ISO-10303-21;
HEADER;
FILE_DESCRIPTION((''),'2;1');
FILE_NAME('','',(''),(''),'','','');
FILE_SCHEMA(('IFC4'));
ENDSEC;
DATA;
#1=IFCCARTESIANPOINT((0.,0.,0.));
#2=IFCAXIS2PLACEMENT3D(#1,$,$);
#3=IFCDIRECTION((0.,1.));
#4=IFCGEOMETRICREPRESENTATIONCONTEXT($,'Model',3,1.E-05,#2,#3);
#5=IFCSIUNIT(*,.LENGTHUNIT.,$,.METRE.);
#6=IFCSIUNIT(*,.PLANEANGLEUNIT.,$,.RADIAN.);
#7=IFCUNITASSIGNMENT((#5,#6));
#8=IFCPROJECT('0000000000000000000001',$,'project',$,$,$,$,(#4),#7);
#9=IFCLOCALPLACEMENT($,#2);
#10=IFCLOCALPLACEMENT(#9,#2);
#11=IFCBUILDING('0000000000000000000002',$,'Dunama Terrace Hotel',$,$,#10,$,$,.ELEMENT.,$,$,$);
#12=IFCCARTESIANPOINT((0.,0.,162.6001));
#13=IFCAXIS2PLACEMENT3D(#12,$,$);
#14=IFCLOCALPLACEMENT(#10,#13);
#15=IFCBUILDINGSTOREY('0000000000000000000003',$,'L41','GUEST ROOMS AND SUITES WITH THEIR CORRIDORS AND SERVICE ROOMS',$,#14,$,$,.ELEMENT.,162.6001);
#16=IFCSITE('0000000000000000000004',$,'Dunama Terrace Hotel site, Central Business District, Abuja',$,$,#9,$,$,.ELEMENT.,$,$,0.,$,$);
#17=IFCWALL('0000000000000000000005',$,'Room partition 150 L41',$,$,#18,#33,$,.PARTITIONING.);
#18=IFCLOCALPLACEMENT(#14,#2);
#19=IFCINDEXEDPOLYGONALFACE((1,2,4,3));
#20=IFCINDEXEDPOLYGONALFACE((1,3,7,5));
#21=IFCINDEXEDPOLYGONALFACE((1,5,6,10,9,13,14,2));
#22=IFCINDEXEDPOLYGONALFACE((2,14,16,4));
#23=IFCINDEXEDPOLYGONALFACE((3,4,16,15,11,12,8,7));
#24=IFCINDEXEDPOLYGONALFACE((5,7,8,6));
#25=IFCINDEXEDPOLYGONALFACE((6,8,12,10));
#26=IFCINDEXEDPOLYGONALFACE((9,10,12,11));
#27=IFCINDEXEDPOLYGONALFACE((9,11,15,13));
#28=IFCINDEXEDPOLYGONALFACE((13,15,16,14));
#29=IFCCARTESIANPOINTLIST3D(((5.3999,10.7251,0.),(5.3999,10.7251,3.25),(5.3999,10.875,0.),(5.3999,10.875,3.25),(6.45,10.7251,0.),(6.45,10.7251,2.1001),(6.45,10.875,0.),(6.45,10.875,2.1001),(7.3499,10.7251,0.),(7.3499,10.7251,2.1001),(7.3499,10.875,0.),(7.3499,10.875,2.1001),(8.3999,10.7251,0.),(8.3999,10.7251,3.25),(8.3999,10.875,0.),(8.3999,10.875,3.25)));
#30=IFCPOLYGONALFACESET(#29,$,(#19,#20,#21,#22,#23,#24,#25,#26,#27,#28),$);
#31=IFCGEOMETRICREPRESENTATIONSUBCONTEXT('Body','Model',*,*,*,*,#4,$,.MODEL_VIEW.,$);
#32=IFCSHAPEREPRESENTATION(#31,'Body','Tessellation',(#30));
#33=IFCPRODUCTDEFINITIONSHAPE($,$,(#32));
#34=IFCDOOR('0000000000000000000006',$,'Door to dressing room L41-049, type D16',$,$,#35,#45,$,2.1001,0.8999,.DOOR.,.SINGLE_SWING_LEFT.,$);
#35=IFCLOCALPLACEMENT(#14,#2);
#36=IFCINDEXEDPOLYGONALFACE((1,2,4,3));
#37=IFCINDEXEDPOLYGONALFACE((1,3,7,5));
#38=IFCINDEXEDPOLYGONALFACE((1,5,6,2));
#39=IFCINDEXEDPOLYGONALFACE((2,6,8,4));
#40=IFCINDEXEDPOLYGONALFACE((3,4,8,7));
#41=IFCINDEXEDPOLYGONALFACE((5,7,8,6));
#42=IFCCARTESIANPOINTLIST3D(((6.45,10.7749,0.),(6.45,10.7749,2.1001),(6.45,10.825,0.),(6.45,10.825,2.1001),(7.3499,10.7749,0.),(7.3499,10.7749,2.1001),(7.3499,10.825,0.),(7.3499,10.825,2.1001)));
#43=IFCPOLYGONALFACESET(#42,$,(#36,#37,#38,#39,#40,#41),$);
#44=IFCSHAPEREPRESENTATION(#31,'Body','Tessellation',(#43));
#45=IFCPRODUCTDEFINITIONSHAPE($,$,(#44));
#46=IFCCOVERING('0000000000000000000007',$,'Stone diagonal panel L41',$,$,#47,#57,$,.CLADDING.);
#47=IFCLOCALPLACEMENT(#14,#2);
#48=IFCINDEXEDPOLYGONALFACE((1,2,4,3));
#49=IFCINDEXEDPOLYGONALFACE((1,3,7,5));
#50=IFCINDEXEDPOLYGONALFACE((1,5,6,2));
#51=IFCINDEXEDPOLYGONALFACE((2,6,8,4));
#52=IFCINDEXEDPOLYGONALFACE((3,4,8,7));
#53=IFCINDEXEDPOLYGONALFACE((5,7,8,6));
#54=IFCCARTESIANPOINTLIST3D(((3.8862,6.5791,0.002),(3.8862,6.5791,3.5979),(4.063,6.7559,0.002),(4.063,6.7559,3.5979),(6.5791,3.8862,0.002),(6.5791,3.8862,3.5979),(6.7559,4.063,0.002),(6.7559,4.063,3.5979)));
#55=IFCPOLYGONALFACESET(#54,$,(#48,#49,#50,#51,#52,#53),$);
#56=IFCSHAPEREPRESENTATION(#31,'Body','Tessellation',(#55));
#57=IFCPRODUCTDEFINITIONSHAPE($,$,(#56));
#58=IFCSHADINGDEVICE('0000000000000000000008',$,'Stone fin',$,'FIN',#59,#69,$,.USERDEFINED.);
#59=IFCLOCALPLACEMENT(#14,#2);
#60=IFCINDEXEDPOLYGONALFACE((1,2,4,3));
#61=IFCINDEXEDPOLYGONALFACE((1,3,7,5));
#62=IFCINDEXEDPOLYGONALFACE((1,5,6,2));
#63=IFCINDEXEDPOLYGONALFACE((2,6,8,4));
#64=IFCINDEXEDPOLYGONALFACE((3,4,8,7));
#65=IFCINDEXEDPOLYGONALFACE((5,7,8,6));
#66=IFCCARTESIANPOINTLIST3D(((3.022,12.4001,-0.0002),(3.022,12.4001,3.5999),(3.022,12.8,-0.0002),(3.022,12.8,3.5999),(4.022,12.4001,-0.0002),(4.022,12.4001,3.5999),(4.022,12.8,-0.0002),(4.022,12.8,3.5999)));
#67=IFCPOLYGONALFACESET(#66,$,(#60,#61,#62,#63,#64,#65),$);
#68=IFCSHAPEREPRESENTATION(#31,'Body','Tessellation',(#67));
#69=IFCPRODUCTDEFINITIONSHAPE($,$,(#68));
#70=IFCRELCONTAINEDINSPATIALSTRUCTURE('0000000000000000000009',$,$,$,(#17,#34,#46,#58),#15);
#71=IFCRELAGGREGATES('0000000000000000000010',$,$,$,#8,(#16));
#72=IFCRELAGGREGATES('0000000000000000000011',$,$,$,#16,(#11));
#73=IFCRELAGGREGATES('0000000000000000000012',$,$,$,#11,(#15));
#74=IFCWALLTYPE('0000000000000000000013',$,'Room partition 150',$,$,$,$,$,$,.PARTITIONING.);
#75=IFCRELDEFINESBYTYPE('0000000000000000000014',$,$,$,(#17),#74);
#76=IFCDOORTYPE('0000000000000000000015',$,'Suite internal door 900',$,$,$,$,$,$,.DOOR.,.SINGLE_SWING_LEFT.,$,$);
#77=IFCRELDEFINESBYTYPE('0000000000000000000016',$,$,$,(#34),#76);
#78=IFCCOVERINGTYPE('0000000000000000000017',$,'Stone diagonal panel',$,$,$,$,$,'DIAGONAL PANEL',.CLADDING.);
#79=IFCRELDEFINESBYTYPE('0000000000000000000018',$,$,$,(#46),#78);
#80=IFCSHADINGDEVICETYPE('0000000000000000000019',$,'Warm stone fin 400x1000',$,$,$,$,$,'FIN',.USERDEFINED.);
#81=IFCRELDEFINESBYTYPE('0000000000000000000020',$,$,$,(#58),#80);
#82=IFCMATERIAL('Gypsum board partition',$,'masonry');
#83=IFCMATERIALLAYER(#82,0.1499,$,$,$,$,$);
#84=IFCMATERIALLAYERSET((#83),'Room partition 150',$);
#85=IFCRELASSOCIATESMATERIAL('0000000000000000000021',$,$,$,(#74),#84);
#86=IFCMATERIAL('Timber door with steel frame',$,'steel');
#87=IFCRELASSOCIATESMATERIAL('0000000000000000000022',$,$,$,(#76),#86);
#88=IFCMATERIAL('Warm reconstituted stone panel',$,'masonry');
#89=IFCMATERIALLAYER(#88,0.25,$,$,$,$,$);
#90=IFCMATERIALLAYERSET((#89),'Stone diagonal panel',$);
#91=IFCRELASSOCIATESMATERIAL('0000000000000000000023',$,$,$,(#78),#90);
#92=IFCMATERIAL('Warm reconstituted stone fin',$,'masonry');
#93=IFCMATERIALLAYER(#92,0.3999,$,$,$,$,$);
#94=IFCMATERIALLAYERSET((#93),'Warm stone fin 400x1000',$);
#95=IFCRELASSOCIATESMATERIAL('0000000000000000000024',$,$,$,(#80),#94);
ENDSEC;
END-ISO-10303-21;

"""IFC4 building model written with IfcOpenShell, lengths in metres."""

from ifc_helpers import new_model, si_unit, direction, frame, frame_2d, origin, origin_2d, place, context, subcontext, project, spatial, rectangle, extrude, material, layer, layer_set, type_object, element, fill, save


model = new_model("IFC4")

# Units and contexts
model_context = context("Model", 3, precision=1e-05, world=origin(), true_north=direction((0.0, 1.0)))
body_context = subcontext(model_context, "Body", "Model", "MODEL_VIEW")
ifc_project = project(units=[si_unit("LENGTHUNIT", "METRE"), si_unit("PLANEANGLEUNIT", "RADIAN")], contexts=[model_context])

# Site, building, storey
site_placement = place(None, origin())
site = spatial("IfcSite", under=ifc_project, at=site_placement, Name="Dunama Terrace Hotel site, Central Business District, Abuja", CompositionType="ELEMENT", RefElevation=0.0)
building_placement = place(site_placement, origin())
building = spatial("IfcBuilding", under=site, at=building_placement, Name="Dunama Terrace Hotel", CompositionType="ELEMENT")
storey_placement = place(building_placement, frame((0.0, 0.0, 162.6001)))
storey = spatial("IfcBuildingStorey", under=building, at=storey_placement, Name="L41", Description="GUEST ROOMS AND SUITES WITH THEIR CORRIDORS AND SERVICE ROOMS", CompositionType="ELEMENT", Elevation=162.6001)

# Shared definitions
ifc_material_1 = material(Name="Gypsum board partition", Category="masonry")
ifc_layer_1 = layer(ifc_material_1, 0.1499)
ifc_layer_set_1 = layer_set([ifc_layer_1], Name="Room partition 150")
wall_type = type_object("IfcWallType", Name="Room partition 150", PredefinedType="PARTITIONING", material=ifc_layer_set_1)

# Wall, opening, door
ifc_material_2 = material(Name="Timber door with steel frame", Category="steel")
door_type = type_object("IfcDoorType", Name="Suite internal door 900", OperationType="SINGLE_SWING_LEFT", PredefinedType="DOOR", material=ifc_material_2)
wall_1_placement = place(storey_placement, frame((5.3999, 10.8, 0.0), z_axis=(0.0, 0.0, 1.0), x_axis=(1.0, 0.0, 0.0)))
wall_1 = element("IfcWall", 1, at=wall_1_placement, inside=storey, type_object=wall_type, Name="Room partition 150 L41", PredefinedType="PARTITIONING", context=body_context, shape_type="SweptSolid", body=[
    extrude(rectangle(XDim=3.0, YDim=0.1499, at=frame_2d((1.5, 0.0))), origin(), (0.0, 0.0, 1.0), 3.25),
])
opening_1_placement = place(wall_1_placement, frame((1.05, 0.0, 0.0)))
opening_1 = element("IfcOpeningElement", 2, at=opening_1_placement, cuts=wall_1, PredefinedType="OPENING", context=body_context, shape_type="SweptSolid", body=[
    extrude(rectangle(XDim=0.8999, YDim=2.1001, at=frame_2d((0.45, 1.05))), frame((0.0, 0.085, 0.0), z_axis=(0.0, -1.0, 0.0), x_axis=(1.0, 0.0, 0.0)), (0.0, 0.0, 1.0), 0.1699),
])
door_1_placement = place(opening_1_placement, origin())
door_1 = element("IfcDoor", 3, at=door_1_placement, inside=storey, type_object=door_type, Name="Door to dressing room L41-049, type D16", OperationType="SINGLE_SWING_LEFT", OverallHeight=2.1001, OverallWidth=0.8999, PredefinedType="DOOR", context=body_context, shape_type="SweptSolid", body=[
    extrude(rectangle(XDim=0.8999, YDim=2.1001, at=frame_2d((0.45, 1.05))), frame((0.0, 0.0249, 0.0), z_axis=(0.0, -1.0, 0.0), x_axis=(1.0, 0.0, 0.0)), (0.0, 0.0, 1.0), 0.05),
])
fill(opening_1, door_1)

# Covering
ifc_material_3 = material(Name="Warm reconstituted stone panel", Category="masonry")
ifc_layer_2 = layer(ifc_material_3, 0.25)
ifc_layer_set_2 = layer_set([ifc_layer_2], Name="Stone diagonal panel")
covering_type = type_object("IfcCoveringType", Name="Stone diagonal panel", ElementType="DIAGONAL PANEL", PredefinedType="CLADDING", material=ifc_layer_set_2)
covering_placement = place(storey_placement, frame((5.321, 5.321, 0.002), z_axis=(0.0, 0.0, 1.0), x_axis=(0.707107, -0.707107, 0.0)))
element("IfcCovering", 4, at=covering_placement, inside=storey, type_object=covering_type, Name="Stone diagonal panel L41", PredefinedType="CLADDING", context=body_context, shape_type="SweptSolid", body=[
    extrude(rectangle(XDim=3.8083, YDim=0.25, at=origin_2d()), origin(), (0.0, 0.0, 1.0), 3.5959),
])

# Shading device
ifc_material_4 = material(Name="Warm reconstituted stone fin", Category="masonry")
ifc_layer_3 = layer(ifc_material_4, 0.3999)
ifc_layer_set_3 = layer_set([ifc_layer_3], Name="Warm stone fin 400x1000")
shading_device_type = type_object("IfcShadingDeviceType", Name="Warm stone fin 400x1000", ElementType="FIN", PredefinedType="USERDEFINED", material=ifc_layer_set_3)
shading_device_placement = place(storey_placement, frame((3.522, 12.6001, -0.0002), z_axis=(0.0, 0.0, 1.0), x_axis=(0.0, -1.0, 0.0)))
element("IfcShadingDevice", 5, at=shading_device_placement, inside=storey, type_object=shading_device_type, Name="Stone fin", ObjectType="FIN", PredefinedType="USERDEFINED", context=body_context, shape_type="SweptSolid", body=[
    extrude(rectangle(XDim=0.3999, YDim=1.0, at=origin_2d()), origin(), (0.0, 0.0, 1.0), 3.6001),
])

save(model, "model.ifc")
